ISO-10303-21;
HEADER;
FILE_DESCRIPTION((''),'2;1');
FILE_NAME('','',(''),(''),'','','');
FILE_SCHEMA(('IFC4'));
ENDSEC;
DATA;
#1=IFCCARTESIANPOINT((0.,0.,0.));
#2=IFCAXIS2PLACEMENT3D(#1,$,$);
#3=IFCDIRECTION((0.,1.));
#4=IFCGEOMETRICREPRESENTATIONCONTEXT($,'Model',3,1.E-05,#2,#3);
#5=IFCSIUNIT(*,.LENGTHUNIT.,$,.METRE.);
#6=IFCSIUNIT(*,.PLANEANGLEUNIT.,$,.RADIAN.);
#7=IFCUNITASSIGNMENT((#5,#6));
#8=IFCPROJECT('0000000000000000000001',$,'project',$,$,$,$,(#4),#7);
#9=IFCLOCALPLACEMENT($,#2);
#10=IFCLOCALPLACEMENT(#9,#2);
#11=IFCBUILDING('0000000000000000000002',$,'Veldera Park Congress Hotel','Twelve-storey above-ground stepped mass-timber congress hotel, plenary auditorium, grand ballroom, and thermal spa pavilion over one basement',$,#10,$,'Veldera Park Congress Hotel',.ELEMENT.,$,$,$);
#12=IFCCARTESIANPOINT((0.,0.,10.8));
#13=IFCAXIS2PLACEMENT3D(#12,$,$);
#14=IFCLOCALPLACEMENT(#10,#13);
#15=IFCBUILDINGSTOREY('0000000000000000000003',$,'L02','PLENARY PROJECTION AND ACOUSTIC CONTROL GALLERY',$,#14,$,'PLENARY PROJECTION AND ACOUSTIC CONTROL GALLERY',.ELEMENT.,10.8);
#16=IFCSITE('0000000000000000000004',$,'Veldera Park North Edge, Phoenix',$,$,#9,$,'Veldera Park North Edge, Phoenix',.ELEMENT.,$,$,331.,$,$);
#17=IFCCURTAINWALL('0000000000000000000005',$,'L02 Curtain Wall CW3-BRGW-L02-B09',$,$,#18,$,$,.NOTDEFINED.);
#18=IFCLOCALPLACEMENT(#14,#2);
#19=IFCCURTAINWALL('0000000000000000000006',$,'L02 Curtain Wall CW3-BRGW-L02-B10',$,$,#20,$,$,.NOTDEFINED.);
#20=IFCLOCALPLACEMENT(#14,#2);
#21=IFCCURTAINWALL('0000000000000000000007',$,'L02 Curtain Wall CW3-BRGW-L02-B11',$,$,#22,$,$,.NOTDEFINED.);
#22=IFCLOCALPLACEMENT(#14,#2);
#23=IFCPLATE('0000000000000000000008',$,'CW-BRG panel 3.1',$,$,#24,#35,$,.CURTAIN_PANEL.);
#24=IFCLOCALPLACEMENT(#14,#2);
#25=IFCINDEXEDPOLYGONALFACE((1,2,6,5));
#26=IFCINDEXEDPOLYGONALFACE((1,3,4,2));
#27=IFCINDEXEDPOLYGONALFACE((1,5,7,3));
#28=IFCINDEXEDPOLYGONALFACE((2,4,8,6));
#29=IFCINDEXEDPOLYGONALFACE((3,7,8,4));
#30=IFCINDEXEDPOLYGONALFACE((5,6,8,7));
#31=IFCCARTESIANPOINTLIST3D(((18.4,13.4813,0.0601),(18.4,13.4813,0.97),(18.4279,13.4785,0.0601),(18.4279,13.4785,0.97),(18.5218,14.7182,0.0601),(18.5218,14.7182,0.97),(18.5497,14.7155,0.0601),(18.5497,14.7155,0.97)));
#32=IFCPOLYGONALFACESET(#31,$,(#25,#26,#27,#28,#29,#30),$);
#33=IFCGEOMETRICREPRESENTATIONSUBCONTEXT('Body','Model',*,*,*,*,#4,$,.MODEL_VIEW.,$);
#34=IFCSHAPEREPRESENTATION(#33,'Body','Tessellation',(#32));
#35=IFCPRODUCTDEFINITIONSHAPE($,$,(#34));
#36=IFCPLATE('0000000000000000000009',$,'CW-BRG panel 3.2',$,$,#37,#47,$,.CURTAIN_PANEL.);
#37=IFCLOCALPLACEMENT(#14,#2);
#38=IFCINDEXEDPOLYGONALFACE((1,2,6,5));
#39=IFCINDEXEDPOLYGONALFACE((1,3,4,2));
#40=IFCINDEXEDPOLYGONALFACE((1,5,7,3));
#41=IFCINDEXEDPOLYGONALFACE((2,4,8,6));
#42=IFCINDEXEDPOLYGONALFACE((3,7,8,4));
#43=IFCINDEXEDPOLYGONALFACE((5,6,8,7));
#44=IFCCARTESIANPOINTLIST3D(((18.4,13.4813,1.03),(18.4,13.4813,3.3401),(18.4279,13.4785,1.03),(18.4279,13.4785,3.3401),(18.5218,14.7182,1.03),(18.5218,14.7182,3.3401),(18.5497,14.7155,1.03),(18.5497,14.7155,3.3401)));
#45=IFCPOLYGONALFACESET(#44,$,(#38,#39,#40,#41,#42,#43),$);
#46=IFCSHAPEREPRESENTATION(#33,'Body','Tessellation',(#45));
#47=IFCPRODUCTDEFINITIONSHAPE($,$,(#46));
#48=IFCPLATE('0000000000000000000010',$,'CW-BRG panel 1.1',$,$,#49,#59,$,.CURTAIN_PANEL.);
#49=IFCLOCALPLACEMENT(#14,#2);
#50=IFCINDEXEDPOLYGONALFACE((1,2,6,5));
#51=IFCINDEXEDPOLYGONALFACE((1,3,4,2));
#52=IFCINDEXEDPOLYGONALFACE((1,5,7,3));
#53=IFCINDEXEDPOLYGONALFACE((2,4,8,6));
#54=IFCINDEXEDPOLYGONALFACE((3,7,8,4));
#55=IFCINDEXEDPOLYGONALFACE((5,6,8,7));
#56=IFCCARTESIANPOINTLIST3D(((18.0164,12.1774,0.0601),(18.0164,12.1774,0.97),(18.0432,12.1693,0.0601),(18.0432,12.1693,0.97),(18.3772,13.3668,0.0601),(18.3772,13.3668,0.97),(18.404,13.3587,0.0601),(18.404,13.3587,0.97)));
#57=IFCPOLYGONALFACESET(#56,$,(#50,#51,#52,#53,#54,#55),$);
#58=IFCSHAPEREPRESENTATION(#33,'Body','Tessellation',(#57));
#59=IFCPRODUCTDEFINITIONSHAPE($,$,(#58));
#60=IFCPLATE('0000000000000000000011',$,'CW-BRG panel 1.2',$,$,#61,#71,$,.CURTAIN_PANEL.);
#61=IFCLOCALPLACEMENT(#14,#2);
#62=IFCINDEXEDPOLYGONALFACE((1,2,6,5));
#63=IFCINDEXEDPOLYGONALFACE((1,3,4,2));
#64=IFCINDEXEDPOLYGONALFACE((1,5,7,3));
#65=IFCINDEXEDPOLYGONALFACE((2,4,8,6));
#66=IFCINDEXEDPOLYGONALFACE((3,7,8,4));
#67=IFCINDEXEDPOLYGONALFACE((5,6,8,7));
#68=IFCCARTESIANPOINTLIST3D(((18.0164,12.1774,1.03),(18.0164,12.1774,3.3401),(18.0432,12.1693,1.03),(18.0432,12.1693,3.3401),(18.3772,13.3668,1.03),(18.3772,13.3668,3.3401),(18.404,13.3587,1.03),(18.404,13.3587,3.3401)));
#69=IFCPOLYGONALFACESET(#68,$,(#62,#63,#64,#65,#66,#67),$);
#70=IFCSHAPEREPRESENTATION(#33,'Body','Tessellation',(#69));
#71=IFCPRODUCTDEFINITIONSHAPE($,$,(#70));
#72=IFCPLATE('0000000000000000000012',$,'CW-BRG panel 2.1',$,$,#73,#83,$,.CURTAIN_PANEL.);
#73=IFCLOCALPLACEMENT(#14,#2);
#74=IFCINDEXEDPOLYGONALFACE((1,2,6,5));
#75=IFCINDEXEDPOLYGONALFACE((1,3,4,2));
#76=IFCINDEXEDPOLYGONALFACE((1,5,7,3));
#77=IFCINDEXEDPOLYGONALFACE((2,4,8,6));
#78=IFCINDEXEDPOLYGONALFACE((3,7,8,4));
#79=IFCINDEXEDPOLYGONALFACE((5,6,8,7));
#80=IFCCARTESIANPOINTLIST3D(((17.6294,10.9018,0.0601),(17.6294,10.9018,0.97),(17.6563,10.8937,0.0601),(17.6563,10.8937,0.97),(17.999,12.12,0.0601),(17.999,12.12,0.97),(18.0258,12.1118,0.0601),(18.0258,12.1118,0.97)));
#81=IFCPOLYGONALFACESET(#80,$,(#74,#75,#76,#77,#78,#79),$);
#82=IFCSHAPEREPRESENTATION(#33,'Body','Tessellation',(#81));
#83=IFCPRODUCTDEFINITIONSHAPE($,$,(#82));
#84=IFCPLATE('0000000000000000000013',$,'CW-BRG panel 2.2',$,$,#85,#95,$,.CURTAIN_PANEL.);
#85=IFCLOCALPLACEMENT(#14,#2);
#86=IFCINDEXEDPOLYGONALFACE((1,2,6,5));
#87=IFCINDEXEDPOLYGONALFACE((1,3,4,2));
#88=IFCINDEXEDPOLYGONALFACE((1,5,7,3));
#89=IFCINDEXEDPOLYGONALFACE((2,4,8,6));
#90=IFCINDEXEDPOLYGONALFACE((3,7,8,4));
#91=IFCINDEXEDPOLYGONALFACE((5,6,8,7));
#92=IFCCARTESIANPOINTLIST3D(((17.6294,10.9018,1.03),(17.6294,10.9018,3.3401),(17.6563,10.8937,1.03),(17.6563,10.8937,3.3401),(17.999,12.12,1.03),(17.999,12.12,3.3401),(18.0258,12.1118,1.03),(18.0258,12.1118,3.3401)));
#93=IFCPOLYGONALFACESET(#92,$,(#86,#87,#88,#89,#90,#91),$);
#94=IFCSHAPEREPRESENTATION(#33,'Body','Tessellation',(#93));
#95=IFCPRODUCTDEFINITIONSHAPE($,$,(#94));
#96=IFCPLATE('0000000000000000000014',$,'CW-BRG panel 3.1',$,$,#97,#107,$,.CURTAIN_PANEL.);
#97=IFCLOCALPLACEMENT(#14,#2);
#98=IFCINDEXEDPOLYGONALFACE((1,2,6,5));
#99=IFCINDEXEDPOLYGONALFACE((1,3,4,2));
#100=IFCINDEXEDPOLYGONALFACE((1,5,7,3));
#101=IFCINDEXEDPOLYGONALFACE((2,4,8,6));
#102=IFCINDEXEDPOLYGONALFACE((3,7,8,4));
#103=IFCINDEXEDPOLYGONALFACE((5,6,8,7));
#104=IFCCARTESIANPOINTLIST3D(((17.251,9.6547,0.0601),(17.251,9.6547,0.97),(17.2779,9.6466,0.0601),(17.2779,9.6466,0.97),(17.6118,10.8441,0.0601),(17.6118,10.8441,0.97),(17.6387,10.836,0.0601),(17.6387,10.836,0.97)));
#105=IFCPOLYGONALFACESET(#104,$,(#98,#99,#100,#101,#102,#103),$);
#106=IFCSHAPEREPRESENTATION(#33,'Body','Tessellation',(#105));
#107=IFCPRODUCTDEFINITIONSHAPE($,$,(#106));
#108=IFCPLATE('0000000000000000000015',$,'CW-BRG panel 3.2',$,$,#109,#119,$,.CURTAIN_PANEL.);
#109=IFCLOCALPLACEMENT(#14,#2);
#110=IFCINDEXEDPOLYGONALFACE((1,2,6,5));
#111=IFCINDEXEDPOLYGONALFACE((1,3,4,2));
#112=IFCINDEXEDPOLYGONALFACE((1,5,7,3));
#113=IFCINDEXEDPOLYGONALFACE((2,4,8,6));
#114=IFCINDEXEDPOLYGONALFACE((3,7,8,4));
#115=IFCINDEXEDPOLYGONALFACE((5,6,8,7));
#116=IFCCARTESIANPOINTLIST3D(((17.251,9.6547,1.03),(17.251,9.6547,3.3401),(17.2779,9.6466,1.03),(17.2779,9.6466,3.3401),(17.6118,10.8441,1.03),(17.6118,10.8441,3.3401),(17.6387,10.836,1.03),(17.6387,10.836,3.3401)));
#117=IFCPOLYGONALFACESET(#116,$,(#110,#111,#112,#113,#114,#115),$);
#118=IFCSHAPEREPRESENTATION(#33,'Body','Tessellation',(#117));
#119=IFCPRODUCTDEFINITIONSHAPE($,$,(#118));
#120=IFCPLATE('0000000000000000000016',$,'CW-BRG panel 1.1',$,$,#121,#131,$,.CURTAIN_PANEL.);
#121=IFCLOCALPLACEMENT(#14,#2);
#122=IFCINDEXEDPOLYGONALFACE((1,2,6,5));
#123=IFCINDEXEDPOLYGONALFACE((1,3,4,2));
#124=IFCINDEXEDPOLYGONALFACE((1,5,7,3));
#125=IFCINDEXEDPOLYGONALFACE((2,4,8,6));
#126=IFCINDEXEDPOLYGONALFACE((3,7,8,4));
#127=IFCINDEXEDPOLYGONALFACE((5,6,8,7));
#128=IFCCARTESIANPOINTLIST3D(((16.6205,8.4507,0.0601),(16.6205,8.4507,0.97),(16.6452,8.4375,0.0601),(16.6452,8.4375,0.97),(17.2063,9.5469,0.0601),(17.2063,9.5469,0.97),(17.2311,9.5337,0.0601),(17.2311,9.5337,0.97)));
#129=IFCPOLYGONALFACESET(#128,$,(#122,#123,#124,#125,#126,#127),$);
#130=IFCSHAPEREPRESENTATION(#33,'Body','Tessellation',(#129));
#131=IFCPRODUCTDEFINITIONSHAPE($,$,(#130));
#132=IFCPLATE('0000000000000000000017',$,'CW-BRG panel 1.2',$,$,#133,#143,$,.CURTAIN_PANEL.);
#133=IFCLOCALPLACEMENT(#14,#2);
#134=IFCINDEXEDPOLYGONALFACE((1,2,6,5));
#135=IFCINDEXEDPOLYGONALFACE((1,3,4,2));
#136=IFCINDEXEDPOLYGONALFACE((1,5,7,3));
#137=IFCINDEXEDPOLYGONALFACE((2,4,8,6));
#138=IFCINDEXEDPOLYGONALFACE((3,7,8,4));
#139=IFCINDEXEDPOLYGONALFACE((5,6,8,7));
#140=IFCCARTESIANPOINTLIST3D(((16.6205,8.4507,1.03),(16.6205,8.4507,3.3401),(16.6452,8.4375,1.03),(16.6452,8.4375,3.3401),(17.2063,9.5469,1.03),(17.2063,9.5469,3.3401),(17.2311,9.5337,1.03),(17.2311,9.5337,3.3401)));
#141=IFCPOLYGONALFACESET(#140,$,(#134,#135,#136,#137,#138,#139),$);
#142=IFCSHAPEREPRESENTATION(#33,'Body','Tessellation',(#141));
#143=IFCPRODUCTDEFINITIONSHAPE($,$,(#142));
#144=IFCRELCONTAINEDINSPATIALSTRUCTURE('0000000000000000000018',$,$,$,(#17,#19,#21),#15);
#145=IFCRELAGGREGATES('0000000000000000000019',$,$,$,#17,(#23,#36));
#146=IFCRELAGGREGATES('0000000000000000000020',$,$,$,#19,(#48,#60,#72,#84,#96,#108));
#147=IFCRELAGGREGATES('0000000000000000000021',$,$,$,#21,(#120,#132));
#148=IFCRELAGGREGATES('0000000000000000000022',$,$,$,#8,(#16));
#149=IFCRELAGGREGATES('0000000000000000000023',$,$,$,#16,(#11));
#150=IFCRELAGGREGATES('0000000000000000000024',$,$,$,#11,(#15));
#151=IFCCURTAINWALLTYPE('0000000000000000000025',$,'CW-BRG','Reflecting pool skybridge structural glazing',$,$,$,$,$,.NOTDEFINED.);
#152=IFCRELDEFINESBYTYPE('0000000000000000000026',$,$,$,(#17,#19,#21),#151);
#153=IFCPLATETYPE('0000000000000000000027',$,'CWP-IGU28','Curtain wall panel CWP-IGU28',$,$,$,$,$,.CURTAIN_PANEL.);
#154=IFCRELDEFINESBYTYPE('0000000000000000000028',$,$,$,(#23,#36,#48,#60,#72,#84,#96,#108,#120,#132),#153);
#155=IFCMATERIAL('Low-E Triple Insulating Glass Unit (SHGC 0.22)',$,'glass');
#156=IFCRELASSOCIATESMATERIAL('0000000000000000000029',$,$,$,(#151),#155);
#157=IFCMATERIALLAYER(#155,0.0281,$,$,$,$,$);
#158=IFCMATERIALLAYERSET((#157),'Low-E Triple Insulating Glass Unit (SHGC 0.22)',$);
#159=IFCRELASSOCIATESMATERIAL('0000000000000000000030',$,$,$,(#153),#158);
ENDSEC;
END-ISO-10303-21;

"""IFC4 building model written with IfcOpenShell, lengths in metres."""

from ifc_helpers import new_model, si_unit, direction, frame, origin, origin_2d, place, context, subcontext, project, spatial, rectangle, extrude, material, layer, layer_set, type_object, element, aggregate, save


model = new_model("IFC4")

# Units and contexts
model_context = context("Model", 3, precision=1e-05, world=origin(), true_north=direction((0.0, 1.0)))
body_context = subcontext(model_context, "Body", "Model", "MODEL_VIEW")
ifc_project = project(units=[si_unit("LENGTHUNIT", "METRE"), si_unit("PLANEANGLEUNIT", "RADIAN")], contexts=[model_context])

# Site, building, storey
site_placement = place(None, origin())
site = spatial("IfcSite", under=ifc_project, at=site_placement, Name="Veldera Park North Edge, Phoenix", LongName="Veldera Park North Edge, Phoenix", CompositionType="ELEMENT", RefElevation=331.0)
building_placement = place(site_placement, origin())
building = spatial("IfcBuilding", under=site, at=building_placement, Name="Veldera Park Congress Hotel", Description="Twelve-storey above-ground stepped mass-timber congress hotel, plenary auditorium, grand ballroom, and thermal spa pavilion over one basement", LongName="Veldera Park Congress Hotel", CompositionType="ELEMENT")
storey_placement = place(building_placement, frame((0.0, 0.0, 10.8)))
storey = spatial("IfcBuildingStorey", under=building, at=storey_placement, Name="L02", Description="PLENARY PROJECTION AND ACOUSTIC CONTROL GALLERY", LongName="PLENARY PROJECTION AND ACOUSTIC CONTROL GALLERY", CompositionType="ELEMENT", Elevation=10.8)

# Curtain walls
ifc_material_1 = material(Name="Low-E Triple Insulating Glass Unit (SHGC 0.22)", Category="glass")
curtain_wall_type = type_object("IfcCurtainWallType", Name="CW-BRG", Description="Reflecting pool skybridge structural glazing", PredefinedType="NOTDEFINED", material=ifc_material_1)
curtain_wall_1_placement = place(storey_placement, origin())
curtain_wall_1 = element("IfcCurtainWall", 1, at=curtain_wall_1_placement, inside=storey, type_object=curtain_wall_type, Name="L02 Curtain Wall CW3-BRGW-L02-B09", PredefinedType="NOTDEFINED")
curtain_wall_2_placement = place(storey_placement, origin())
curtain_wall_2 = element("IfcCurtainWall", 2, at=curtain_wall_2_placement, inside=storey, type_object=curtain_wall_type, Name="L02 Curtain Wall CW3-BRGW-L02-B10", PredefinedType="NOTDEFINED")
curtain_wall_3_placement = place(storey_placement, origin())
curtain_wall_3 = element("IfcCurtainWall", 3, at=curtain_wall_3_placement, inside=storey, type_object=curtain_wall_type, Name="L02 Curtain Wall CW3-BRGW-L02-B11", PredefinedType="NOTDEFINED")

# Plates
ifc_layer = layer(ifc_material_1, 0.0281)
ifc_layer_set = layer_set([ifc_layer], Name="Low-E Triple Insulating Glass Unit (SHGC 0.22)")
plate_type = type_object("IfcPlateType", Name="CWP-IGU28", Description="Curtain wall panel CWP-IGU28", PredefinedType="CURTAIN_PANEL", material=ifc_layer_set)
plate_1_placement = place(storey_placement, frame((18.4749, 14.0984, 0.0601), z_axis=(0.0, 0.0, 1.0), x_axis=(-0.098023, -0.995184, 0.0)))
plate_1 = element("IfcPlate", 4, at=plate_1_placement, type_object=plate_type, Name="CW-BRG panel 3.1", PredefinedType="CURTAIN_PANEL", context=body_context, shape_type="SweptSolid", body=[
    extrude(rectangle(XDim=1.2429, YDim=0.0281, at=origin_2d()), origin(), (0.0, 0.0, 1.0), 0.9099),
])
plate_2_placement = place(storey_placement, frame((18.4749, 14.0984, 1.03), z_axis=(0.0, 0.0, 1.0), x_axis=(-0.098023, -0.995184, 0.0)))
plate_2 = element("IfcPlate", 5, at=plate_2_placement, type_object=plate_type, Name="CW-BRG panel 3.2", PredefinedType="CURTAIN_PANEL", context=body_context, shape_type="SweptSolid", body=[
    extrude(rectangle(XDim=1.2429, YDim=0.0281, at=origin_2d()), origin(), (0.0, 0.0, 1.0), 2.3101),
])
aggregate(curtain_wall_1, [plate_1, plate_2])
plate_3_placement = place(storey_placement, frame((18.2102, 12.7681, 0.0601), z_axis=(0.0, 0.0, 1.0), x_axis=(-0.29029, -0.956939, 0.0)))
plate_3 = element("IfcPlate", 6, at=plate_3_placement, type_object=plate_type, Name="CW-BRG panel 1.1", PredefinedType="CURTAIN_PANEL", context=body_context, shape_type="SweptSolid", body=[
    extrude(rectangle(XDim=1.2429, YDim=0.0281, at=origin_2d()), origin(), (0.0, 0.0, 1.0), 0.9099),
])
plate_4_placement = place(storey_placement, frame((18.2102, 12.7681, 1.03), z_axis=(0.0, 0.0, 1.0), x_axis=(-0.29029, -0.956939, 0.0)))
plate_4 = element("IfcPlate", 7, at=plate_4_placement, type_object=plate_type, Name="CW-BRG panel 1.2", PredefinedType="CURTAIN_PANEL", context=body_context, shape_type="SweptSolid", body=[
    extrude(rectangle(XDim=1.2429, YDim=0.0281, at=origin_2d()), origin(), (0.0, 0.0, 1.0), 2.3101),
])
plate_5_placement = place(storey_placement, frame((17.8276, 11.5068, 0.0601), z_axis=(0.0, 0.0, 1.0), x_axis=(-0.29029, -0.956939, 0.0)))
plate_5 = element("IfcPlate", 8, at=plate_5_placement, type_object=plate_type, Name="CW-BRG panel 2.1", PredefinedType="CURTAIN_PANEL", context=body_context, shape_type="SweptSolid", body=[
    extrude(rectangle(XDim=1.2729, YDim=0.0281, at=origin_2d()), origin(), (0.0, 0.0, 1.0), 0.9099),
])
plate_6_placement = place(storey_placement, frame((17.8276, 11.5068, 1.03), z_axis=(0.0, 0.0, 1.0), x_axis=(-0.29029, -0.956939, 0.0)))
plate_6 = element("IfcPlate", 9, at=plate_6_placement, type_object=plate_type, Name="CW-BRG panel 2.2", PredefinedType="CURTAIN_PANEL", context=body_context, shape_type="SweptSolid", body=[
    extrude(rectangle(XDim=1.2729, YDim=0.0281, at=origin_2d()), origin(), (0.0, 0.0, 1.0), 2.3101),
])
plate_7_placement = place(storey_placement, frame((17.4448, 10.2454, 0.0601), z_axis=(0.0, 0.0, 1.0), x_axis=(-0.29029, -0.956939, 0.0)))
plate_7 = element("IfcPlate", 10, at=plate_7_placement, type_object=plate_type, Name="CW-BRG panel 3.1", PredefinedType="CURTAIN_PANEL", context=body_context, shape_type="SweptSolid", body=[
    extrude(rectangle(XDim=1.2429, YDim=0.0281, at=origin_2d()), origin(), (0.0, 0.0, 1.0), 0.9099),
])
plate_8_placement = place(storey_placement, frame((17.4448, 10.2454, 1.03), z_axis=(0.0, 0.0, 1.0), x_axis=(-0.29029, -0.956939, 0.0)))
plate_8 = element("IfcPlate", 11, at=plate_8_placement, type_object=plate_type, Name="CW-BRG panel 3.2", PredefinedType="CURTAIN_PANEL", context=body_context, shape_type="SweptSolid", body=[
    extrude(rectangle(XDim=1.2429, YDim=0.0281, at=origin_2d()), origin(), (0.0, 0.0, 1.0), 2.3101),
])
aggregate(curtain_wall_2, [plate_3, plate_4, plate_5, plate_6, plate_7, plate_8])
plate_9_placement = place(storey_placement, frame((16.9258, 8.9922, 0.0601), z_axis=(0.0, 0.0, 1.0), x_axis=(-0.471384, -0.881928, 0.0)))
plate_9 = element("IfcPlate", 12, at=plate_9_placement, type_object=plate_type, Name="CW-BRG panel 1.1", PredefinedType="CURTAIN_PANEL", context=body_context, shape_type="SweptSolid", body=[
    extrude(rectangle(XDim=1.2429, YDim=0.0281, at=origin_2d()), origin(), (0.0, 0.0, 1.0), 0.9099),
])
plate_10_placement = place(storey_placement, frame((16.9258, 8.9922, 1.03), z_axis=(0.0, 0.0, 1.0), x_axis=(-0.471384, -0.881928, 0.0)))
plate_10 = element("IfcPlate", 13, at=plate_10_placement, type_object=plate_type, Name="CW-BRG panel 1.2", PredefinedType="CURTAIN_PANEL", context=body_context, shape_type="SweptSolid", body=[
    extrude(rectangle(XDim=1.2429, YDim=0.0281, at=origin_2d()), origin(), (0.0, 0.0, 1.0), 2.3101),
])
aggregate(curtain_wall_3, [plate_9, plate_10])

save(model, "model.ifc")
